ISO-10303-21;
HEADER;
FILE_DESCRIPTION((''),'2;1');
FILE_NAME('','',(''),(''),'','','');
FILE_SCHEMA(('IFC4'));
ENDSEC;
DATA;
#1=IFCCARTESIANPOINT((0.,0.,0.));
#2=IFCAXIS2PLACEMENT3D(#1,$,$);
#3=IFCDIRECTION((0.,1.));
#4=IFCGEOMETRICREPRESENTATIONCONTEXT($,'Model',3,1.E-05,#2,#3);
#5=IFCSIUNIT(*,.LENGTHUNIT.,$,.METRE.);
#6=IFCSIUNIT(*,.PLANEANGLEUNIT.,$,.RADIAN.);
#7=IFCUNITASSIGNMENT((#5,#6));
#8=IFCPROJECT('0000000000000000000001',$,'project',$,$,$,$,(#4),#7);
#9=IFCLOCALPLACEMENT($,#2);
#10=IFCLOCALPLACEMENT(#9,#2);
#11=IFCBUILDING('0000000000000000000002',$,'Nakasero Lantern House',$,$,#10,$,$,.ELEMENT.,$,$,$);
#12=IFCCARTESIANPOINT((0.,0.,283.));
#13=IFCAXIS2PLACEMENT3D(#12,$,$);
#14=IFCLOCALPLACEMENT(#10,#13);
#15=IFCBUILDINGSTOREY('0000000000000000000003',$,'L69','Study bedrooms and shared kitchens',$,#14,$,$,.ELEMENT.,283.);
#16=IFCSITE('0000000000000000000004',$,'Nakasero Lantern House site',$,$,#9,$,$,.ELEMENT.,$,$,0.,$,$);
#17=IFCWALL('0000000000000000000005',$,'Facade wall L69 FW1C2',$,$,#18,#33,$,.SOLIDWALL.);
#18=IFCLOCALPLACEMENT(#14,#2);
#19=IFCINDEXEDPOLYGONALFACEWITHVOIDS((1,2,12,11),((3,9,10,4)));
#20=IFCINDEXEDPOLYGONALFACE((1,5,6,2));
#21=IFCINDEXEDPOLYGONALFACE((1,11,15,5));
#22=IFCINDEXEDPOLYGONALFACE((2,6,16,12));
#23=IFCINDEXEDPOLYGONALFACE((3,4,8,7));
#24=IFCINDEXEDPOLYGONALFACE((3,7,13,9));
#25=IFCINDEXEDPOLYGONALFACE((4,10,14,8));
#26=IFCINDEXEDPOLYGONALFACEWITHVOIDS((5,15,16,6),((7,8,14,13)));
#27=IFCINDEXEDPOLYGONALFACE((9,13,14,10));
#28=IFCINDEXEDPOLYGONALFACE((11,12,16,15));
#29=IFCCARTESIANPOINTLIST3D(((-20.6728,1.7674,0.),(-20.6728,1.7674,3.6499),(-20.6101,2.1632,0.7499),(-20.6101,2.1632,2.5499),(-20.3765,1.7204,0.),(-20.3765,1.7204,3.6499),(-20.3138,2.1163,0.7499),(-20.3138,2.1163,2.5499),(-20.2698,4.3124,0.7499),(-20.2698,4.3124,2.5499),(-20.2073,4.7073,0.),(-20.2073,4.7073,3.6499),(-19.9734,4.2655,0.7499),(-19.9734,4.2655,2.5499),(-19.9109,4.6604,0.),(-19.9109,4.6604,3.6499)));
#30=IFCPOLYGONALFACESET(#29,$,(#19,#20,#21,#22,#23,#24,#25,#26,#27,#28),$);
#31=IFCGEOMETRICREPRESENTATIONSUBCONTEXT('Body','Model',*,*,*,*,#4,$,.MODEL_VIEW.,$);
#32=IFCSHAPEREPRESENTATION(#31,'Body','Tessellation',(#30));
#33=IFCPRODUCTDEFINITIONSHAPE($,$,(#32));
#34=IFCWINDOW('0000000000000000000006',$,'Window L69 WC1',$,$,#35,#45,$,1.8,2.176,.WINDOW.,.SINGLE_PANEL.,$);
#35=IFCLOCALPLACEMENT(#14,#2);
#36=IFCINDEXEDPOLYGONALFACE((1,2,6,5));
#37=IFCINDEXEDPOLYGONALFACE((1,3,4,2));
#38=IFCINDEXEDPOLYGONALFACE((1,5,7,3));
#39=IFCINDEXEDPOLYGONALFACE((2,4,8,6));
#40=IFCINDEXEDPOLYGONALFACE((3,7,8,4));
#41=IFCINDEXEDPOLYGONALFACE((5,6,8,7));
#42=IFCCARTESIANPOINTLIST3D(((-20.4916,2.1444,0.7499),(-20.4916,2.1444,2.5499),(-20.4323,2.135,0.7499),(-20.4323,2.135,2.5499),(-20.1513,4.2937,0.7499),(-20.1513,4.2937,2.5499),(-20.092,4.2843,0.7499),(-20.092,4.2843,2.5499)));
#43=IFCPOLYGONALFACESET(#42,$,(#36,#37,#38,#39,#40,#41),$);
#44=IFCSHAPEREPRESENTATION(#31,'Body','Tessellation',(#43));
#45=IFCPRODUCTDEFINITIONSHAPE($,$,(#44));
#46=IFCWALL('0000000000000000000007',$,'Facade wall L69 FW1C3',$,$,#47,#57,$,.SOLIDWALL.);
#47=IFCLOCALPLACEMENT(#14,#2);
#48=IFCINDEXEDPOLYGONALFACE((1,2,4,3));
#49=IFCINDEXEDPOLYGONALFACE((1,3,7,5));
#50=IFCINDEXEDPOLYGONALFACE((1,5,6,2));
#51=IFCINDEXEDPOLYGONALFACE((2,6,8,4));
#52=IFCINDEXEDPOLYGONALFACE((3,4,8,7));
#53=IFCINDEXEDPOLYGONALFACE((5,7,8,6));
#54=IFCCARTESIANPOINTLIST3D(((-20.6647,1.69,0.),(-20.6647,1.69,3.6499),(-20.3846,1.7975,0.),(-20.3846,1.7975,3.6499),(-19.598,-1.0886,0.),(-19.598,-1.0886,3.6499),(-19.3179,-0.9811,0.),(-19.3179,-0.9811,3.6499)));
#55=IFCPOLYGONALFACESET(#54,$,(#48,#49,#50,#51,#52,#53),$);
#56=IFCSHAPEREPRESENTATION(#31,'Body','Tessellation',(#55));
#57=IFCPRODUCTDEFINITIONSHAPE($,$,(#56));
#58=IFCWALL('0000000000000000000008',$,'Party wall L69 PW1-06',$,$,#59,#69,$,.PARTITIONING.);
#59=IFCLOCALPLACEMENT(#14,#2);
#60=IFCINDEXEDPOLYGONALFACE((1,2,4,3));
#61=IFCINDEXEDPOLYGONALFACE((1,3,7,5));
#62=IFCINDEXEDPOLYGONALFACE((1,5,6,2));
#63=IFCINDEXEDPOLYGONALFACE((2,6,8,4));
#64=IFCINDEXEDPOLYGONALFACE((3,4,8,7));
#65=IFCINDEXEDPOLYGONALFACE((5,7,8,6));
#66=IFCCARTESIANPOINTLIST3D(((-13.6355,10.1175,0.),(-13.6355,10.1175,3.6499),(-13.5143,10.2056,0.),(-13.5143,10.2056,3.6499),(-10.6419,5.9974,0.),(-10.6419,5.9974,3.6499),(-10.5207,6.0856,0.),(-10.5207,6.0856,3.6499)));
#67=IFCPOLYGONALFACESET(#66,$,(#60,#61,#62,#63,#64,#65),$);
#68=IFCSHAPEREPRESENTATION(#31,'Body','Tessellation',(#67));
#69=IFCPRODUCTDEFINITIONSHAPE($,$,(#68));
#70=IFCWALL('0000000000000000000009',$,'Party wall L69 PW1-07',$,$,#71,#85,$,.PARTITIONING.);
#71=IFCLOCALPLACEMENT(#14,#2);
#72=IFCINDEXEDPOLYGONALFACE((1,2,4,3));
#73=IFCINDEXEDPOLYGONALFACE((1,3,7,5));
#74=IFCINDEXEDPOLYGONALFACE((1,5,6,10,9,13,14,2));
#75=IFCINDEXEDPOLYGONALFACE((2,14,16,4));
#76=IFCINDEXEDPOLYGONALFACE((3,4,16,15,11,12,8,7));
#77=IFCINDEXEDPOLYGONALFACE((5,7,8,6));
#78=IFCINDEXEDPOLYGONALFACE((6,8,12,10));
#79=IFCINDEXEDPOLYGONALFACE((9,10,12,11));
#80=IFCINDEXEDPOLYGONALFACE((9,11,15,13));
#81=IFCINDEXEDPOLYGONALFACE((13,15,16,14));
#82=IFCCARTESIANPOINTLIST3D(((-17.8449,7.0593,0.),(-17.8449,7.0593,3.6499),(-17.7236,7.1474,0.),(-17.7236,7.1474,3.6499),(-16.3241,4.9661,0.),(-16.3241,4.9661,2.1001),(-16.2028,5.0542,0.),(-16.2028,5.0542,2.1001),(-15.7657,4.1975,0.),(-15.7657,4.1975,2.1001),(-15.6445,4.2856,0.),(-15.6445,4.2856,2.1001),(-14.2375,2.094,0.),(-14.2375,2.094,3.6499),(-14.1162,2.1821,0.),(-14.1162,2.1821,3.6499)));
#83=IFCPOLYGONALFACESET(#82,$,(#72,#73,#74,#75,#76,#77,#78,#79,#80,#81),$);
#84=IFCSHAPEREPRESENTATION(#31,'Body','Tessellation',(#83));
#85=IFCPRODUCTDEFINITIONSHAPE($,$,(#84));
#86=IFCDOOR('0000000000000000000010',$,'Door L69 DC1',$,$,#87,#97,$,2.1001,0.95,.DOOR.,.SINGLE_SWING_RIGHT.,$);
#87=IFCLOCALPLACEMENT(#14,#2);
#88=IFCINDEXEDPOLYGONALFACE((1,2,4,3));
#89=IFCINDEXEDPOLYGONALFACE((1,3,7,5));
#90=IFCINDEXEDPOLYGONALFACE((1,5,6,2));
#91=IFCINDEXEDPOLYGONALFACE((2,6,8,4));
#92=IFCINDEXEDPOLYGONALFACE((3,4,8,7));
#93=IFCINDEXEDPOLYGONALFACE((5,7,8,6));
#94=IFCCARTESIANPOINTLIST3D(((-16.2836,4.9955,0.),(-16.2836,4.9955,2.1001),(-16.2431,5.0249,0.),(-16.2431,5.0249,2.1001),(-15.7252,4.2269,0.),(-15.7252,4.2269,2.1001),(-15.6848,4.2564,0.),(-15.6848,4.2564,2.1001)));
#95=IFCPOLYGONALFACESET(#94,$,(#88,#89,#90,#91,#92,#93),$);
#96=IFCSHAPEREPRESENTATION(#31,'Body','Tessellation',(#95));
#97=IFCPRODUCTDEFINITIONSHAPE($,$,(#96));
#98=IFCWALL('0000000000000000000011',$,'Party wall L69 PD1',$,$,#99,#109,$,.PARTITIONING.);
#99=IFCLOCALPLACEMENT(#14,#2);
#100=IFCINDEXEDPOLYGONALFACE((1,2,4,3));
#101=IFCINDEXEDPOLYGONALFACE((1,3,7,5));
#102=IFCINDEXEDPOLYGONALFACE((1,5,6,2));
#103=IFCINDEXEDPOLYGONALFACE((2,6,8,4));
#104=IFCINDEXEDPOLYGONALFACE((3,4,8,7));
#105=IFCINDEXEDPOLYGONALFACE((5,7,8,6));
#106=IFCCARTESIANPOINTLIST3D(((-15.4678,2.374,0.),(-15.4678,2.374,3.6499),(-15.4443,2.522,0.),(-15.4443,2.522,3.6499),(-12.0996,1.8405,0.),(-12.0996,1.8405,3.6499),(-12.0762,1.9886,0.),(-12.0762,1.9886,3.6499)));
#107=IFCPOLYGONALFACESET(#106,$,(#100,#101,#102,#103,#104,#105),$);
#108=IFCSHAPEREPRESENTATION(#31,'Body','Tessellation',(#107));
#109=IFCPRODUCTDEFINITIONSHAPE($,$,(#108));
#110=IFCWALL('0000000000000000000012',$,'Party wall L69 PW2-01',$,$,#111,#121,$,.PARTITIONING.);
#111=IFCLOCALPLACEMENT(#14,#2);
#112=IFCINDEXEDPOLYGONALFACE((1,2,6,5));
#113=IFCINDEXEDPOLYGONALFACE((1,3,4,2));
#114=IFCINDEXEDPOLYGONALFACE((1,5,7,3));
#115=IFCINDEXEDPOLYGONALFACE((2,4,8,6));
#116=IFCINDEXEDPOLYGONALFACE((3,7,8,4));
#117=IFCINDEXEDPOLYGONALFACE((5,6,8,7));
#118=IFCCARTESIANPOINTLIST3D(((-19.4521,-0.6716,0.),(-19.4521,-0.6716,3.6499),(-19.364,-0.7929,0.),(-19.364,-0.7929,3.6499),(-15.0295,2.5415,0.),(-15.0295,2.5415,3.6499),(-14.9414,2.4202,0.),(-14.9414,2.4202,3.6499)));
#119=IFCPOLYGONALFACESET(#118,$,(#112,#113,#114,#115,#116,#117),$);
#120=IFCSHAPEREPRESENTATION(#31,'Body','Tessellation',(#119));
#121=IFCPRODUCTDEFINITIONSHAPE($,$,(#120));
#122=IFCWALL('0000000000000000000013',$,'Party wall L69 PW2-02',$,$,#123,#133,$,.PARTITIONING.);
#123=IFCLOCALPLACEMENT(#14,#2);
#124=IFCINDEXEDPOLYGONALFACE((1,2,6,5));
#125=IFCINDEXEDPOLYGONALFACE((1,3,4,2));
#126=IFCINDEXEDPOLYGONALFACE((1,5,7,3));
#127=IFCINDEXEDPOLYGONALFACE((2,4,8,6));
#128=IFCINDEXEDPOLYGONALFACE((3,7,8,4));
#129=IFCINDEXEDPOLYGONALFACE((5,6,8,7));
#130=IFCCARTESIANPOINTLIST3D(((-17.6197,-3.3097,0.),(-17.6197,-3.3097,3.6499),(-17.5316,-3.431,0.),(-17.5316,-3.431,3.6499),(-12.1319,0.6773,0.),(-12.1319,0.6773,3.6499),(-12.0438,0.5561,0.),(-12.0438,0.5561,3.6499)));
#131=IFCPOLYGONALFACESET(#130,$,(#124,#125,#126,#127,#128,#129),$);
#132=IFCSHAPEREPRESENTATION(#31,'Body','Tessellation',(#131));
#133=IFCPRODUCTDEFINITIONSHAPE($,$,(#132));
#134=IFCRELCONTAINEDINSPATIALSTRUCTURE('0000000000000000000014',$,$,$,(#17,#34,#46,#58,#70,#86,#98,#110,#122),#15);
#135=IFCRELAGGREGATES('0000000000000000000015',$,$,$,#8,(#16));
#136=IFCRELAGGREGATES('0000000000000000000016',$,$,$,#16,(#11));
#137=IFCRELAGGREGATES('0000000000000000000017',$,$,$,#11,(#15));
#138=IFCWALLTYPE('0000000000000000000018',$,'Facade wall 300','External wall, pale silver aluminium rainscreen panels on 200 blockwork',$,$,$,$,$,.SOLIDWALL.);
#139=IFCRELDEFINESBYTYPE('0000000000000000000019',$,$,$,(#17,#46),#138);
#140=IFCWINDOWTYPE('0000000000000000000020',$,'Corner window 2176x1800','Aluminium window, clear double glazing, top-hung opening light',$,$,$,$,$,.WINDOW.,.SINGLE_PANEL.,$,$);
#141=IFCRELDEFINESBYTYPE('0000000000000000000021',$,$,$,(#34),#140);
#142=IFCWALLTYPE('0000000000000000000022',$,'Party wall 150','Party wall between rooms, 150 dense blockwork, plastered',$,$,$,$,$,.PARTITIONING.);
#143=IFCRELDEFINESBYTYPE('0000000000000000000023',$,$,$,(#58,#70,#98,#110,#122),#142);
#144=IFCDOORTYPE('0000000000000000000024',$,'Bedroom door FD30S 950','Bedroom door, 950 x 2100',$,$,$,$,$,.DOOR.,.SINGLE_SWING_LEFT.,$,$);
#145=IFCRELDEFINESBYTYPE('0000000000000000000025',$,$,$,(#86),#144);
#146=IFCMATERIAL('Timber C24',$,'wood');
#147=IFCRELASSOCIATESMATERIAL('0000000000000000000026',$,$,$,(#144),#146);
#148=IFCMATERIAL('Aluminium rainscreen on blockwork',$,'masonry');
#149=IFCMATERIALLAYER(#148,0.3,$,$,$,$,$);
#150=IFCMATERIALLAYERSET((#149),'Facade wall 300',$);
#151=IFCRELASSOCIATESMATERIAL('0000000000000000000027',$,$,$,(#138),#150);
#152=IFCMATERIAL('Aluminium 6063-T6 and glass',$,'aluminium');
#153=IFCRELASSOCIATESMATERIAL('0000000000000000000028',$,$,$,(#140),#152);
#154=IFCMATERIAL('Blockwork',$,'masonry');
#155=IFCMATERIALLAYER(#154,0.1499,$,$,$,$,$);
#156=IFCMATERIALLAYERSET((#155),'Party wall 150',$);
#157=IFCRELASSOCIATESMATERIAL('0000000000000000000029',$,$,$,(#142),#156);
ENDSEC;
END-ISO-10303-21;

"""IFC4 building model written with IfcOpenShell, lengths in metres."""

from ifc_helpers import new_model, si_unit, direction, frame, frame_2d, origin, place, context, subcontext, project, spatial, rectangle, extrude, material, layer, layer_set, type_object, element, fill, save


model = new_model("IFC4")

# Units and contexts
model_context = context("Model", 3, precision=1e-05, world=origin(), true_north=direction((0.0, 1.0)))
body_context = subcontext(model_context, "Body", "Model", "MODEL_VIEW")
ifc_project = project(units=[si_unit("LENGTHUNIT", "METRE"), si_unit("PLANEANGLEUNIT", "RADIAN")], contexts=[model_context])

# Site, building, storey
site_placement = place(None, origin())
site = spatial("IfcSite", under=ifc_project, at=site_placement, Name="Nakasero Lantern House site", CompositionType="ELEMENT", RefElevation=0.0)
building_placement = place(site_placement, origin())
building = spatial("IfcBuilding", under=site, at=building_placement, Name="Nakasero Lantern House", CompositionType="ELEMENT")
storey_placement = place(building_placement, frame((0.0, 0.0, 283.0)))
storey = spatial("IfcBuildingStorey", under=building, at=storey_placement, Name="L69", Description="Study bedrooms and shared kitchens", CompositionType="ELEMENT", Elevation=283.0)

# Shared definitions
ifc_material_1 = material(Name="Timber C24", Category="wood")
door_type_1 = type_object("IfcDoorType", Name="Bedroom door FD30S 950", Description="Bedroom door, 950 x 2100", OperationType="SINGLE_SWING_LEFT", PredefinedType="DOOR", material=ifc_material_1)

# Wall, opening, window
ifc_material_2 = material(Name="Aluminium rainscreen on blockwork", Category="masonry")
ifc_layer_1 = layer(ifc_material_2, 0.3)
ifc_layer_set_1 = layer_set([ifc_layer_1], Name="Facade wall 300")
wall_type_1 = type_object("IfcWallType", Name="Facade wall 300", Description="External wall, pale silver aluminium rainscreen panels on 200 blockwork", PredefinedType="SOLIDWALL", material=ifc_layer_set_1)
wall_1_placement = place(storey_placement, frame((-20.0591, 4.6838, 0.0), z_axis=(0.0, 0.0, 1.0), x_axis=(-0.156413, -0.987692, 0.0)))
wall_1 = element("IfcWall", 1, at=wall_1_placement, inside=storey, type_object=wall_type_1, Name="Facade wall L69 FW1C2", PredefinedType="SOLIDWALL", context=body_context, shape_type="SweptSolid", body=[
    extrude(rectangle(XDim=2.9766, YDim=0.3, at=frame_2d((1.4883, 0.0))), origin(), (0.0, 0.0, 1.0), 3.6499),
])
opening_1_placement = place(wall_1_placement, frame((0.3999, 0.0, 0.75)))
opening_1 = element("IfcOpeningElement", 2, at=opening_1_placement, cuts=wall_1, PredefinedType="OPENING", context=body_context, shape_type="SweptSolid", body=[
    extrude(rectangle(XDim=2.176, YDim=1.8, at=frame_2d((1.0879, 0.8999))), frame((0.0, 0.1699, 0.0), z_axis=(0.0, -1.0, 0.0), x_axis=(1.0, 0.0, 0.0)), (0.0, 0.0, 1.0), 0.3401),
])
ifc_material_3 = material(Name="Aluminium 6063-T6 and glass", Category="aluminium")
window_type = type_object("IfcWindowType", Name="Corner window 2176x1800", Description="Aluminium window, clear double glazing, top-hung opening light", PartitioningType="SINGLE_PANEL", PredefinedType="WINDOW", material=ifc_material_3)
window_placement = place(opening_1_placement, origin())
window = element("IfcWindow", 3, at=window_placement, inside=storey, type_object=window_type, Name="Window L69 WC1", OverallHeight=1.8, OverallWidth=2.176, PartitioningType="SINGLE_PANEL", PredefinedType="WINDOW", context=body_context, shape_type="SweptSolid", body=[
    extrude(rectangle(XDim=2.176, YDim=1.8, at=frame_2d((1.0879, 0.8999))), frame((0.0, 0.03, 0.0), z_axis=(0.0, -1.0, 0.0), x_axis=(1.0, 0.0, 0.0)), (0.0, 0.0, 1.0), 0.0601),
])
fill(opening_1, window)

# Walls
wall_2_placement = place(storey_placement, frame((-20.5247, 1.7439, 0.0), z_axis=(0.0, 0.0, 1.0), x_axis=(0.358385, -0.933574, 0.0)))
element("IfcWall", 4, at=wall_2_placement, inside=storey, type_object=wall_type_1, Name="Facade wall L69 FW1C3", PredefinedType="SOLIDWALL", context=body_context, shape_type="SweptSolid", body=[
    extrude(rectangle(XDim=2.9763, YDim=0.3, at=frame_2d((1.4883, 0.0))), origin(), (0.0, 0.0, 1.0), 3.6499),
])
ifc_material_4 = material(Name="Blockwork", Category="masonry")
ifc_layer_2 = layer(ifc_material_4, 0.1499)
ifc_layer_set_2 = layer_set([ifc_layer_2], Name="Party wall 150")
wall_type_2 = type_object("IfcWallType", Name="Party wall 150", Description="Party wall between rooms, 150 dense blockwork, plastered", PredefinedType="PARTITIONING", material=ifc_layer_set_2)
wall_3_placement = place(storey_placement, frame((-10.5813, 6.0415, 0.0), z_axis=(0.0, 0.0, 1.0), x_axis=(-0.587812, 0.808997, 0.0)))
element("IfcWall", 5, at=wall_3_placement, inside=storey, type_object=wall_type_2, Name="Party wall L69 PW1-06", PredefinedType="PARTITIONING", context=body_context, shape_type="SweptSolid", body=[
    extrude(rectangle(XDim=5.0928, YDim=0.1499, at=frame_2d((2.5464, 0.0))), origin(), (0.0, 0.0, 1.0), 3.6499),
])

# Wall, opening, door
wall_4_placement = place(storey_placement, frame((-14.1768, 2.1379, 0.0), z_axis=(0.0, 0.0, 1.0), x_axis=(-0.587774, 0.809025, 0.0)))
wall_4 = element("IfcWall", 6, at=wall_4_placement, inside=storey, type_object=wall_type_2, Name="Party wall L69 PW1-07", PredefinedType="PARTITIONING", context=body_context, shape_type="SweptSolid", body=[
    extrude(rectangle(XDim=6.1375, YDim=0.1499, at=frame_2d((3.0688, 0.0))), origin(), (0.0, 0.0, 1.0), 3.6499),
])
opening_2_placement = place(wall_4_placement, frame((2.6001, 0.0, 0.0)))
opening_2 = element("IfcOpeningElement", 7, at=opening_2_placement, cuts=wall_4, PredefinedType="OPENING", context=body_context, shape_type="SweptSolid", body=[
    extrude(rectangle(XDim=0.95, YDim=2.1001, at=frame_2d((0.4751, 1.05))), frame((0.0, 0.095, 0.0), z_axis=(0.0, -1.0, 0.0), x_axis=(1.0, 0.0, 0.0)), (0.0, 0.0, 1.0), 0.1899),
])
door_1_placement = place(opening_2_placement, origin())
door_1 = element("IfcDoor", 8, at=door_1_placement, inside=storey, type_object=door_type_1, Name="Door L69 DC1", OperationType="SINGLE_SWING_RIGHT", OverallHeight=2.1001, OverallWidth=0.95, PredefinedType="DOOR", context=body_context, shape_type="SweptSolid", body=[
    extrude(rectangle(XDim=0.95, YDim=2.1001, at=frame_2d((0.4751, 1.05))), frame((0.0, 0.0249, 0.0), z_axis=(0.0, -1.0, 0.0), x_axis=(1.0, 0.0, 0.0)), (0.0, 0.0, 1.0), 0.05),
])
fill(opening_2, door_1)

# Walls
wall_5_placement = place(storey_placement, frame((-12.0879, 1.9146, 0.0), z_axis=(0.0, 0.0, 1.0), x_axis=(-0.987689, 0.156429, 0.0)))
element("IfcWall", 9, at=wall_5_placement, inside=storey, type_object=wall_type_2, Name="Party wall L69 PD1", PredefinedType="PARTITIONING", context=body_context, shape_type="SweptSolid", body=[
    extrude(rectangle(XDim=3.4102, YDim=0.1499, at=frame_2d((1.7051, 0.0))), origin(), (0.0, 0.0, 1.0), 3.6499),
])
wall_6_placement = place(storey_placement, frame((-14.9854, 2.481, 0.0), z_axis=(0.0, 0.0, 1.0), x_axis=(-0.809024, -0.587776, 0.0)))
element("IfcWall", 10, at=wall_6_placement, inside=storey, type_object=wall_type_2, Name="Party wall L69 PW2-01", PredefinedType="PARTITIONING", context=body_context, shape_type="SweptSolid", body=[
    extrude(rectangle(XDim=5.4666, YDim=0.1499, at=frame_2d((2.7334, 0.0))), origin(), (0.0, 0.0, 1.0), 3.6499),
])
wall_7_placement = place(storey_placement, frame((-12.0879, 0.6167, 0.0), z_axis=(0.0, 0.0, 1.0), x_axis=(-0.809021, -0.58778, 0.0)))
element("IfcWall", 11, at=wall_7_placement, inside=storey, type_object=wall_type_2, Name="Party wall L69 PW2-02", PredefinedType="PARTITIONING", context=body_context, shape_type="SweptSolid", body=[
    extrude(rectangle(XDim=6.7832, YDim=0.1499, at=frame_2d((3.3916, 0.0))), origin(), (0.0, 0.0, 1.0), 3.6499),
])

save(model, "model.ifc")
